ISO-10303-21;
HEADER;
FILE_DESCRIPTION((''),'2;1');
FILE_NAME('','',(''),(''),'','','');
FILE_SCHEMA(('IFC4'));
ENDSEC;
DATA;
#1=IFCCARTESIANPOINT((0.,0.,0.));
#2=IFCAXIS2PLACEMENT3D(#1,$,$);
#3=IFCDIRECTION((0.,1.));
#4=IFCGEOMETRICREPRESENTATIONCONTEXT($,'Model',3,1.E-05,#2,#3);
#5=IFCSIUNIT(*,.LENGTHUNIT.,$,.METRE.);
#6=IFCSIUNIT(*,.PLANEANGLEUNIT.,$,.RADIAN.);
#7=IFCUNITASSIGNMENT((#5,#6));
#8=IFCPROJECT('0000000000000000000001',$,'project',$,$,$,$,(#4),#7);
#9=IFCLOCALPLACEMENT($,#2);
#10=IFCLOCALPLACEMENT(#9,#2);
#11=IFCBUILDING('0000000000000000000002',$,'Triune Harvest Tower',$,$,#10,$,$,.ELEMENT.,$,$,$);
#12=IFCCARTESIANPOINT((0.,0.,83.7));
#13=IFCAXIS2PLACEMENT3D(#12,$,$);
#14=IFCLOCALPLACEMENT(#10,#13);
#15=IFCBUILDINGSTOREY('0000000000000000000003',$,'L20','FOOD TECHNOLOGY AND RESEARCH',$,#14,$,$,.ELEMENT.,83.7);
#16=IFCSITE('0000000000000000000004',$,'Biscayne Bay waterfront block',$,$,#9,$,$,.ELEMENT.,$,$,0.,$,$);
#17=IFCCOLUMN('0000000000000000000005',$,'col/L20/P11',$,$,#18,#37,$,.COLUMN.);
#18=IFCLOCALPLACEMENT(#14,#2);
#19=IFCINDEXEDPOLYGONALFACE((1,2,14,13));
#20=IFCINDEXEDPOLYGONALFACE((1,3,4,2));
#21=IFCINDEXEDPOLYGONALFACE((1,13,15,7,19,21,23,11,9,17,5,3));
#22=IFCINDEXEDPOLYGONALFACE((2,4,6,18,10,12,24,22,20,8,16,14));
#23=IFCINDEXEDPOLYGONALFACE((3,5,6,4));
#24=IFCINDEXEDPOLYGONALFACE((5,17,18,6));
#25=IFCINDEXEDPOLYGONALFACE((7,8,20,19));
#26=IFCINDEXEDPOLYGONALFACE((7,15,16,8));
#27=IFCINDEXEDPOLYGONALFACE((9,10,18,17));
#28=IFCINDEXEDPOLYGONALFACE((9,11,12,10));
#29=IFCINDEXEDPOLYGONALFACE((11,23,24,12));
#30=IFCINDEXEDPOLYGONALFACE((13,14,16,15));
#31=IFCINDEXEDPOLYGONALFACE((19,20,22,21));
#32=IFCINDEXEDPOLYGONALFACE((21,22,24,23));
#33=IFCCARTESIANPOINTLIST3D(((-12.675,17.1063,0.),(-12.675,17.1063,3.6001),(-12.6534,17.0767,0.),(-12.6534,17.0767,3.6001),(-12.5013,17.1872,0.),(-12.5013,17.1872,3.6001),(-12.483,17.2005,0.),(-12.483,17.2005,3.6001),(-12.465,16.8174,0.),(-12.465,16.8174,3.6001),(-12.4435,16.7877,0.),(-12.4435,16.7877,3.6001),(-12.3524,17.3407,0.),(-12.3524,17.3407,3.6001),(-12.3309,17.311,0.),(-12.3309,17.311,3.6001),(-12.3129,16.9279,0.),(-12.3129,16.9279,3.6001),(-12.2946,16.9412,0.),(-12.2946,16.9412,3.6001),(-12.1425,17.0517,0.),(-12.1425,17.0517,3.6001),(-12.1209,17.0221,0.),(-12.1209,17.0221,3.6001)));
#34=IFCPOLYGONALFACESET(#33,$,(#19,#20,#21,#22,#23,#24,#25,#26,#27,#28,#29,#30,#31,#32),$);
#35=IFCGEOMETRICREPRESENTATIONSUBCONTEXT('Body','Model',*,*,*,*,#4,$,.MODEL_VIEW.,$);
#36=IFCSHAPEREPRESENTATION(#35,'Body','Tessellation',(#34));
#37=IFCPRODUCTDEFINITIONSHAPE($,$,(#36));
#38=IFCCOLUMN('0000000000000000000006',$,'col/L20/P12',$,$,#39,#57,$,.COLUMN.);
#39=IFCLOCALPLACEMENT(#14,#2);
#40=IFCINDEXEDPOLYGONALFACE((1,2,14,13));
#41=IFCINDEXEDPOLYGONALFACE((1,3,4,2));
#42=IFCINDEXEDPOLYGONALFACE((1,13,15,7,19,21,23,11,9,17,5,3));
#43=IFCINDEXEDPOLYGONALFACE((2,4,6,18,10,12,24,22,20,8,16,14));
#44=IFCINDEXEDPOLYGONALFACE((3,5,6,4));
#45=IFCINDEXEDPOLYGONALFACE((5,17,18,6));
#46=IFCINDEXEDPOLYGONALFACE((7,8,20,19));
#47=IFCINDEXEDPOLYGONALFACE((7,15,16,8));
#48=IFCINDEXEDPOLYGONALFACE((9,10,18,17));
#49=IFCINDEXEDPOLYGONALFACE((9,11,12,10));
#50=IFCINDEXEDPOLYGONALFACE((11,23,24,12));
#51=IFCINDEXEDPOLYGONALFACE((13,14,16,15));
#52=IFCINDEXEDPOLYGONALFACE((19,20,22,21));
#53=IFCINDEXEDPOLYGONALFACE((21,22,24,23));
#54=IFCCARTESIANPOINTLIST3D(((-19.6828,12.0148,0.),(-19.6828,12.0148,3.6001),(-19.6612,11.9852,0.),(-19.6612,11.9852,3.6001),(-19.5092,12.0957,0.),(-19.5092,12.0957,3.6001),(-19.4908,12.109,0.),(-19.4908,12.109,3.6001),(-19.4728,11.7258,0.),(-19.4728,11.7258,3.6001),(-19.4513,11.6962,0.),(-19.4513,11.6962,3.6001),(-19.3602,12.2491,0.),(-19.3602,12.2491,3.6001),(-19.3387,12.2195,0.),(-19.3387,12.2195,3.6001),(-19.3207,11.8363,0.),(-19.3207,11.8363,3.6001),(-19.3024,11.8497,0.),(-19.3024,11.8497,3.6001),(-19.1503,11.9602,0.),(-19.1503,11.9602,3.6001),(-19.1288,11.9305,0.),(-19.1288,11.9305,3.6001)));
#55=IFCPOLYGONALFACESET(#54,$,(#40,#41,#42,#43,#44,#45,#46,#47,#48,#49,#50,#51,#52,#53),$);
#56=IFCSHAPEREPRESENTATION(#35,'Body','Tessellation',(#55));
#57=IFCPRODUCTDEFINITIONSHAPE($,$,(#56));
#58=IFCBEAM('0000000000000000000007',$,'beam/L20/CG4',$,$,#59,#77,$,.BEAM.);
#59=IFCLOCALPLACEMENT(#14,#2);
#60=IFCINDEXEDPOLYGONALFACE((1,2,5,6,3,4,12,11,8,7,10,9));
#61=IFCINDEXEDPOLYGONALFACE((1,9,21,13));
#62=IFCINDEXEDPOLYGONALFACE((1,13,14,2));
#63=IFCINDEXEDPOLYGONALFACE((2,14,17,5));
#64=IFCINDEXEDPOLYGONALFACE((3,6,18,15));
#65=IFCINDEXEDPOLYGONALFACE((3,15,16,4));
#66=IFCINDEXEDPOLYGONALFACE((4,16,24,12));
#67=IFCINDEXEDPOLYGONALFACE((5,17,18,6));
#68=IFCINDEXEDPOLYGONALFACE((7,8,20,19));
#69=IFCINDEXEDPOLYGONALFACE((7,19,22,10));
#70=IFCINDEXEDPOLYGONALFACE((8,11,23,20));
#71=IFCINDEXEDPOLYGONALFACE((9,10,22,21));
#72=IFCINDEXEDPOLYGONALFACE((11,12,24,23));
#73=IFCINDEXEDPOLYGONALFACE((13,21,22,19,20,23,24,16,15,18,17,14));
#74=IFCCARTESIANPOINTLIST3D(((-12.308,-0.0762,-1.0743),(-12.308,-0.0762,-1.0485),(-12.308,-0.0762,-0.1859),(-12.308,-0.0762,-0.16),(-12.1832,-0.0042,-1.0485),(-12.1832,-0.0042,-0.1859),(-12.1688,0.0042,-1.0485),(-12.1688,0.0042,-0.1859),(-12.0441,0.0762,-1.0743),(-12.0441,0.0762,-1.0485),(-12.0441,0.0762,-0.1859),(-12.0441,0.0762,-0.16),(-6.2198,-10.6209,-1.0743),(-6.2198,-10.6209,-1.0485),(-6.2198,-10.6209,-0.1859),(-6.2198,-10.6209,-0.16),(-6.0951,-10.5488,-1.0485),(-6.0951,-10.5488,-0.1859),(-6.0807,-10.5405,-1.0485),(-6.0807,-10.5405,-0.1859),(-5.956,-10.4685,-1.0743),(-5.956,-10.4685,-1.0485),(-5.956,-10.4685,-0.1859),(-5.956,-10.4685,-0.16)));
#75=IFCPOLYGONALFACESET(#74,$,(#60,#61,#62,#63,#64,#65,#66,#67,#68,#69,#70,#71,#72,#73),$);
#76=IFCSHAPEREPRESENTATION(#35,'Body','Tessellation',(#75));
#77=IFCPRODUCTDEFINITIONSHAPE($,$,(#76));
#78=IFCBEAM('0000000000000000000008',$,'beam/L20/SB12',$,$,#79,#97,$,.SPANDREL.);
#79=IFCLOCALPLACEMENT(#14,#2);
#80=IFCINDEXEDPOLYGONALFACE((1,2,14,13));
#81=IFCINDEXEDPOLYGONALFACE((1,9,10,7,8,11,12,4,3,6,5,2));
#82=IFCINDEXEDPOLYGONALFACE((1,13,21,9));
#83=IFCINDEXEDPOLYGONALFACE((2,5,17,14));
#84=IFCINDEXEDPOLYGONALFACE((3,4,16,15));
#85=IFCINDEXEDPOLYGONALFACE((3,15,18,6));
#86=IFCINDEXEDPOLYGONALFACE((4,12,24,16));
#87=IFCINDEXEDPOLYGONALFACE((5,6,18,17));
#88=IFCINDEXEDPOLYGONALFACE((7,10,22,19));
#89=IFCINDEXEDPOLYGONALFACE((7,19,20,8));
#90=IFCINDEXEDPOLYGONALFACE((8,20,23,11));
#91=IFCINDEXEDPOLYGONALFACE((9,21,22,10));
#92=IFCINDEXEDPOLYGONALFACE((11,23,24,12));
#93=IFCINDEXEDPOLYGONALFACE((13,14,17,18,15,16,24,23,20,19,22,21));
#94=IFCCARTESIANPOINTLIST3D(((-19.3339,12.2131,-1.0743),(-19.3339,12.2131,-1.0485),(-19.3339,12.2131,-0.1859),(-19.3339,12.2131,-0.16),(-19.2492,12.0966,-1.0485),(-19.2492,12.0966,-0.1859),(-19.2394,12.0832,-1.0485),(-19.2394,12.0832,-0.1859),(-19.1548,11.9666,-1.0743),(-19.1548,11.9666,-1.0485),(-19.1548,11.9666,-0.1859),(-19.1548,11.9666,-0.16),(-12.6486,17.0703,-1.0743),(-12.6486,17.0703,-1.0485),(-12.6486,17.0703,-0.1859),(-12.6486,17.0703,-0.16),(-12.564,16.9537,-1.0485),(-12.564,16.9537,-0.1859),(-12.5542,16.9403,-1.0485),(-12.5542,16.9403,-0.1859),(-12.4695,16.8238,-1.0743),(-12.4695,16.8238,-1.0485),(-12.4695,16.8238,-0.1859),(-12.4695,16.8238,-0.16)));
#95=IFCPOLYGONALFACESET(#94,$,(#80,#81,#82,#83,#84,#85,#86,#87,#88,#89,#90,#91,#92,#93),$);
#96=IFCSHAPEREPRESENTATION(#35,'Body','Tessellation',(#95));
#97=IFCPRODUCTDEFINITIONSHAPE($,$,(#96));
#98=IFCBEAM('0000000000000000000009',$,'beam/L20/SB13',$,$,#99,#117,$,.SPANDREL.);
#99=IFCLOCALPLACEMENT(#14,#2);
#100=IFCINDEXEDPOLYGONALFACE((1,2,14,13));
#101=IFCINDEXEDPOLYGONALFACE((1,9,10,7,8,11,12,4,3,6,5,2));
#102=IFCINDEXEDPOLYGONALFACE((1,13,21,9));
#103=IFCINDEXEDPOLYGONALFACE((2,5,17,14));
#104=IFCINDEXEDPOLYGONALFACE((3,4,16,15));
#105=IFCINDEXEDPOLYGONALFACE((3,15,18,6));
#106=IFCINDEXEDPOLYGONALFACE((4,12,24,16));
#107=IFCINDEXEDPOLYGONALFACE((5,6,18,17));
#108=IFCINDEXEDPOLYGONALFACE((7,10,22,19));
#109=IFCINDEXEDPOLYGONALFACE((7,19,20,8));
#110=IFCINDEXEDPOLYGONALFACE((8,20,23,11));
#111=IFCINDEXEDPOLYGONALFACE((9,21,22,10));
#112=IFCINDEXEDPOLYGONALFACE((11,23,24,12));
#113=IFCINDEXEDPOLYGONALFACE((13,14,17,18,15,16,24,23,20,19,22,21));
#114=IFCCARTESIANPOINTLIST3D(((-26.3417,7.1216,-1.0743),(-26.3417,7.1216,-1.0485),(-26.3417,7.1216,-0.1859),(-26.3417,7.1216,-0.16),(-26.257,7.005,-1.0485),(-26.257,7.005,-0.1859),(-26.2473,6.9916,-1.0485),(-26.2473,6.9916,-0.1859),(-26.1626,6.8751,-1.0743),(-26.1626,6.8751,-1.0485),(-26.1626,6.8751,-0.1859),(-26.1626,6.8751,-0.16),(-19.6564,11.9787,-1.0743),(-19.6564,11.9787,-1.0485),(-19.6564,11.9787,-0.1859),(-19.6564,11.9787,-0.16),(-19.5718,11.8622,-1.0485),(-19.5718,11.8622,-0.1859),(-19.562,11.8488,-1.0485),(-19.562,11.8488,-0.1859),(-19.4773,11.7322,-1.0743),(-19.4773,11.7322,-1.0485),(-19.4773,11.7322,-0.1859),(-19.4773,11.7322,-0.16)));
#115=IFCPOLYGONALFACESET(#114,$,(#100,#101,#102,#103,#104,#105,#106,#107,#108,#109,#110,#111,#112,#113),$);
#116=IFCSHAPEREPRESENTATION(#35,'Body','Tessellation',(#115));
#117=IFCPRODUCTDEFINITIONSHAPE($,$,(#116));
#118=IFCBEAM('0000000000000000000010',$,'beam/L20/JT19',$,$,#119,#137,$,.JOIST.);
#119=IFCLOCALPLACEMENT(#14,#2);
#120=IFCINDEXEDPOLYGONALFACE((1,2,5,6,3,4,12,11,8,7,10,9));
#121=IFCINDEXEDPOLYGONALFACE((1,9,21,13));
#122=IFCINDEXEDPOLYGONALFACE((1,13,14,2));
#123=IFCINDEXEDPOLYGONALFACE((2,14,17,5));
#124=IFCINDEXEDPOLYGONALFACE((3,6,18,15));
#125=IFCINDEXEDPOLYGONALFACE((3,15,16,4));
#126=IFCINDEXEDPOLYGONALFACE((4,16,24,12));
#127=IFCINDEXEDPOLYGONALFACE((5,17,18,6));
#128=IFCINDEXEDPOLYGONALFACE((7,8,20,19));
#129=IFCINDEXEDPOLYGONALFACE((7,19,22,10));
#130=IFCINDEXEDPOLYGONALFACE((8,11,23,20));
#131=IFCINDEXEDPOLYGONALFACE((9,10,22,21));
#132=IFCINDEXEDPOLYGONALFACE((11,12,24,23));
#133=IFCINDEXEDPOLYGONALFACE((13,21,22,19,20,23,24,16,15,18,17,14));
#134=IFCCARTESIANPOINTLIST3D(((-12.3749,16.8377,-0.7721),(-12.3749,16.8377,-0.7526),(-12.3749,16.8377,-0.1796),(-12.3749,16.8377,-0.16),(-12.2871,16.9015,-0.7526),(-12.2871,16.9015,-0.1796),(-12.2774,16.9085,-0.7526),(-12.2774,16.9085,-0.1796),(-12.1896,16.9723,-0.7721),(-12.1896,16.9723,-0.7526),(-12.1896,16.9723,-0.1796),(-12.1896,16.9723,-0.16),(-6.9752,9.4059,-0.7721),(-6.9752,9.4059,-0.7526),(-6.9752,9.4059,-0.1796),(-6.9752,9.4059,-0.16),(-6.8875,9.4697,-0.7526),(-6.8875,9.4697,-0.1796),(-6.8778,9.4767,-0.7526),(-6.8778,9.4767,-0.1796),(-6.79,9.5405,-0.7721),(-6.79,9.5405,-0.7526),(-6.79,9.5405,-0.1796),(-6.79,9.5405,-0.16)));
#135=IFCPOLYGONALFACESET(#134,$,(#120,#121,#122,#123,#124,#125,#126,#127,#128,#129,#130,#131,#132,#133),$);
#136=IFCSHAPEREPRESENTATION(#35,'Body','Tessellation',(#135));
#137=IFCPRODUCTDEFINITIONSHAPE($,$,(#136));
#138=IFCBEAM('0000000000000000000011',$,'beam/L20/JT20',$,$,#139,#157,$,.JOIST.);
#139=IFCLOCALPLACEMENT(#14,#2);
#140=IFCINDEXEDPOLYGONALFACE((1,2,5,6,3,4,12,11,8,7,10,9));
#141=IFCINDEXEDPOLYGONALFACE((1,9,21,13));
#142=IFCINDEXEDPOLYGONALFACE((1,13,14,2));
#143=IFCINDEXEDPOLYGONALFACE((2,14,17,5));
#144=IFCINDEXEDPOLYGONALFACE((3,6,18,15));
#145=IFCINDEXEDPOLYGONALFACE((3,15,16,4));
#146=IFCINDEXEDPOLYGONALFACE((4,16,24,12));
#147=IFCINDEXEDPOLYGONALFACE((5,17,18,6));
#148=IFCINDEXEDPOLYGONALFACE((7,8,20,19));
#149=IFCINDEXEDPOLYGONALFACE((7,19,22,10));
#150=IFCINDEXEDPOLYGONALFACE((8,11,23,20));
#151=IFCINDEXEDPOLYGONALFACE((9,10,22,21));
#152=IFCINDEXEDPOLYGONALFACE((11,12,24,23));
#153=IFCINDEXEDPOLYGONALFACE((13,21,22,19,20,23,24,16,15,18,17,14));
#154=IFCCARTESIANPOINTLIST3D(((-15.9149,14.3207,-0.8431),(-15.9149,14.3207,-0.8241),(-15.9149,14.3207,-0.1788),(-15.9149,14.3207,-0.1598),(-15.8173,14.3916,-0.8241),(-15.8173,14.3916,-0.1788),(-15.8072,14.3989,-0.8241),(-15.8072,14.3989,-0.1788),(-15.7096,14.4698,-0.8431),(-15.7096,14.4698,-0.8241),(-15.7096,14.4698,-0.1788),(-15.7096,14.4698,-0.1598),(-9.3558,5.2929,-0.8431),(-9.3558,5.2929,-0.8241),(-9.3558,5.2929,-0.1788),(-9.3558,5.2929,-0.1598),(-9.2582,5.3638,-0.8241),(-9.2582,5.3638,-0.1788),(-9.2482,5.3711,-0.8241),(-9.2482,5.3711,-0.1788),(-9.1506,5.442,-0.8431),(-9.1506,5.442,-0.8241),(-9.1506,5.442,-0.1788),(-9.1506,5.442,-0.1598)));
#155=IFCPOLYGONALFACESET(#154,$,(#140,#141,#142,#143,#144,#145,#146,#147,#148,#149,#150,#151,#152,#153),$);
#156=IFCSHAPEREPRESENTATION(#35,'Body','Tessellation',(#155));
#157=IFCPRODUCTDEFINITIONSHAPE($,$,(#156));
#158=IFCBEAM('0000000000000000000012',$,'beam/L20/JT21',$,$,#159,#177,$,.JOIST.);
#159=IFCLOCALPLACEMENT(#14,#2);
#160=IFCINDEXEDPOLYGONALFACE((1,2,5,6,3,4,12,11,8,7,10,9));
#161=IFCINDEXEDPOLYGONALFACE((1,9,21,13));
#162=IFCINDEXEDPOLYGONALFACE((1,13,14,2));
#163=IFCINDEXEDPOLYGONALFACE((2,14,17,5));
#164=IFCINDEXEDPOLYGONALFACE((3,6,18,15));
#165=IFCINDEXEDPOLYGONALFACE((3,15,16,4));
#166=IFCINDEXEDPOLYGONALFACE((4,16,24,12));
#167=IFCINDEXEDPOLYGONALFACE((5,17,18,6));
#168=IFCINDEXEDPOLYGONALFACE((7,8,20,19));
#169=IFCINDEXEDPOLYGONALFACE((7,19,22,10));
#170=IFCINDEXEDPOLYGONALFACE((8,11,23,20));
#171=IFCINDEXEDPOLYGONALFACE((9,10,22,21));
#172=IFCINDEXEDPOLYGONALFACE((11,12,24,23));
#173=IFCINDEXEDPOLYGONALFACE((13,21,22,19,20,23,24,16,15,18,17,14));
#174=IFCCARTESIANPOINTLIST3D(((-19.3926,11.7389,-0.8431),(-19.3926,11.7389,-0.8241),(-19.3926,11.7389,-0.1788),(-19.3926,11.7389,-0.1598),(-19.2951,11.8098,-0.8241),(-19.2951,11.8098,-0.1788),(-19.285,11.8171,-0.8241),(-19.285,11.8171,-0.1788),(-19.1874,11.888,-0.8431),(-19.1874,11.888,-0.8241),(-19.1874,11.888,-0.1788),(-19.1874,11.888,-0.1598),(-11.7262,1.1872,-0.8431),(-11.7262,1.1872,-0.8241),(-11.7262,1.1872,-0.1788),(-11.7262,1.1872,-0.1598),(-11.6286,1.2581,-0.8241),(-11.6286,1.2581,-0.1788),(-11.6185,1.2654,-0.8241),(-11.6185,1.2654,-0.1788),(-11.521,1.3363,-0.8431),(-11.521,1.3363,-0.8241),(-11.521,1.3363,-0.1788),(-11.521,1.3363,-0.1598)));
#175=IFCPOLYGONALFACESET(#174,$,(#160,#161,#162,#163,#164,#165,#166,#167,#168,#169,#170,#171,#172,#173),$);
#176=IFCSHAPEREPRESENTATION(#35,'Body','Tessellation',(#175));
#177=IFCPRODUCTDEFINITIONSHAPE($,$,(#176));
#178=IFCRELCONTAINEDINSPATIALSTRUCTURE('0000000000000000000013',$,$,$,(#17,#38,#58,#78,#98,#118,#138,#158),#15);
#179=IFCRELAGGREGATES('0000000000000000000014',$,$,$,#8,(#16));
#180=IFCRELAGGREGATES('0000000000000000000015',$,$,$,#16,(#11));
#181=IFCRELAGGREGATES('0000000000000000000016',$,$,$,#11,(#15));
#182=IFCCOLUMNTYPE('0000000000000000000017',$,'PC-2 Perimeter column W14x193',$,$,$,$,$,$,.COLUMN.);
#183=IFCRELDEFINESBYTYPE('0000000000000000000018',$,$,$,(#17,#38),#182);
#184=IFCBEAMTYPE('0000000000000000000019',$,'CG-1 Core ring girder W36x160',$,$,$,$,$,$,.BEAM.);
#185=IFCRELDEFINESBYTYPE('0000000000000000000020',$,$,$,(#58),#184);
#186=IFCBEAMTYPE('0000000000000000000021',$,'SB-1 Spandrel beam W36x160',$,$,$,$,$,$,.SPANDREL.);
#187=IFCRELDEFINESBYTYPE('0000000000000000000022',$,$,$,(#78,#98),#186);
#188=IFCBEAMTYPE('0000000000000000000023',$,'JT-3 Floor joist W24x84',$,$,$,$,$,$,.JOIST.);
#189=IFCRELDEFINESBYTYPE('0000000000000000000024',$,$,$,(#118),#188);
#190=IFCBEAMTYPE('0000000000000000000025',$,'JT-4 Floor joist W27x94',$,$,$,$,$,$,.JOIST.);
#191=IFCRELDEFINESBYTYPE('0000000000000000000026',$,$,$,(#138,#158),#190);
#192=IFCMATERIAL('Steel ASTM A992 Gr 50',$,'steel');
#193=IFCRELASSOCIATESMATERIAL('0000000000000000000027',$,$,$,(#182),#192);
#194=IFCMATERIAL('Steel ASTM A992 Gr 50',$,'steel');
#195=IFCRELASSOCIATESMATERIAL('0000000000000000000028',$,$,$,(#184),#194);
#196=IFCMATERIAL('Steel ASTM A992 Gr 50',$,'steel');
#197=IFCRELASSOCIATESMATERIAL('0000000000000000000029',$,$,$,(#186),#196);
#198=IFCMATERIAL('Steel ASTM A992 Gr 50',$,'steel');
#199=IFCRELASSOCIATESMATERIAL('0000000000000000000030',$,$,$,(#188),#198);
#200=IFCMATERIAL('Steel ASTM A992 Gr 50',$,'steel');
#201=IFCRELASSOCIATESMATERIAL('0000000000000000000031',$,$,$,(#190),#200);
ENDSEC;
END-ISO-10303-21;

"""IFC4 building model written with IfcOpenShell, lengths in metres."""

from ifc_helpers import new_model, si_unit, direction, frame, origin, origin_2d, place, context, subcontext, project, spatial, i_section, extrude, source, transform, mapped, material, material_profile, profile_set, type_object, element, save


model = new_model("IFC4")

# Units and contexts
model_context = context("Model", 3, precision=1e-05, world=origin(), true_north=direction((0.0, 1.0)))
body_context = subcontext(model_context, "Body", "Model", "MODEL_VIEW")
ifc_project = project(units=[si_unit("LENGTHUNIT", "METRE"), si_unit("PLANEANGLEUNIT", "RADIAN")], contexts=[model_context])

# Site, building, storey
site_placement = place(None, origin())
site = spatial("IfcSite", under=ifc_project, at=site_placement, Name="Biscayne Bay waterfront block", CompositionType="ELEMENT", RefElevation=0.0)
building_placement = place(site_placement, origin())
building = spatial("IfcBuilding", under=site, at=building_placement, Name="Triune Harvest Tower", CompositionType="ELEMENT")
storey_placement = place(building_placement, frame((0.0, 0.0, 83.7)))
storey = spatial("IfcBuildingStorey", under=building, at=storey_placement, Name="L20", Description="FOOD TECHNOLOGY AND RESEARCH", CompositionType="ELEMENT", Elevation=83.7)

# Columns
ifc_material_1 = material(Name="Steel ASTM A992 Gr 50", Category="steel")
ifc_material_profile_1 = material_profile(ifc_material_1, i_section(OverallWidth=0.3987, OverallDepth=0.3938, WebThickness=0.0227, FlangeThickness=0.0366, at=origin_2d()), Name="W14x193")
ifc_profile_set_1 = profile_set([ifc_material_profile_1], Name="Steel ASTM A992 Gr 50")
column_type = type_object("IfcColumnType", Name="PC-2 Perimeter column W14x193", PredefinedType="COLUMN", material=ifc_profile_set_1)
shared_shape_1 = source(origin(), body_context, "Body", "SweptSolid", [
    extrude(i_section(OverallWidth=0.3987, OverallDepth=0.3938, WebThickness=0.0227, FlangeThickness=0.0366, at=origin_2d()), origin(), (0.0, 0.0, 1.0), 3.6001),
])
for number, where, z_axis, x_axis, name in (
    (1, (-12.3979, 17.0642, 0.0), (0.0, 0.0, 1.0), (-0.809017, -0.587785, 0.0), "col/L20/P11"),
    (2, (-19.4058, 11.9727, 0.0), (0.0, 0.0, 1.0), (-0.809017, -0.587785, 0.0), "col/L20/P12"),
):
    element("IfcColumn", number, at=place(storey_placement, frame(where, z_axis=z_axis, x_axis=x_axis)), inside=storey, type_object=column_type, Name=name, PredefinedType="COLUMN", context=body_context, shape_type="MappedRepresentation", body=[
        mapped(shared_shape_1, transform((0.0, 0.0, 0.0), scale=1.0)),
    ])

# Beams
ifc_material_2 = material(Name="Steel ASTM A992 Gr 50", Category="steel")
ifc_material_profile_2 = material_profile(ifc_material_2, i_section(OverallWidth=0.3047, OverallDepth=0.9143, WebThickness=0.0166, FlangeThickness=0.0259, at=origin_2d()), Name="W36x160")
ifc_profile_set_2 = profile_set([ifc_material_profile_2], Name="Steel ASTM A992 Gr 50")
beam_type_1 = type_object("IfcBeamType", Name="CG-1 Core ring girder W36x160", PredefinedType="BEAM", material=ifc_profile_set_2)
shared_shape_2 = source(origin(), body_context, "Body", "SweptSolid", [
    extrude(i_section(OverallWidth=0.3047, OverallDepth=0.9143, WebThickness=0.0166, FlangeThickness=0.0259, at=origin_2d()), origin(), (0.0, 0.0, 1.0), 12.176),
])
beam_1_placement = place(storey_placement, frame((-12.176, 0.0, -0.6172), z_axis=(0.50001, -0.86602, 0.0), x_axis=(0.86602, 0.50001, 0.0)))
element("IfcBeam", 3, at=beam_1_placement, inside=storey, type_object=beam_type_1, Name="beam/L20/CG4", PredefinedType="BEAM", context=body_context, shape_type="MappedRepresentation", body=[
    mapped(shared_shape_2, transform((0.0, 0.0, 0.0), scale=1.0)),
])
ifc_material_3 = material(Name="Steel ASTM A992 Gr 50", Category="steel")
ifc_material_profile_3 = material_profile(ifc_material_3, i_section(OverallWidth=0.3047, OverallDepth=0.9143, WebThickness=0.0166, FlangeThickness=0.0259, at=origin_2d()), Name="W36x160")
ifc_profile_set_3 = profile_set([ifc_material_profile_3], Name="Steel ASTM A992 Gr 50")
beam_type_2 = type_object("IfcBeamType", Name="SB-1 Spandrel beam W36x160", PredefinedType="SPANDREL", material=ifc_profile_set_3)
shared_shape_3 = source(origin(), body_context, "Body", "SweptSolid", [
    extrude(i_section(OverallWidth=0.3047, OverallDepth=0.9143, WebThickness=0.0166, FlangeThickness=0.0259, at=origin_2d()), origin(), (0.0, 0.0, 1.0), 8.2634),
])
for number, where, z_axis, x_axis, name in (
    (4, (-12.5591, 16.947, -0.6172), (-0.809016, -0.587787, 0.0), (0.587787, -0.809016, 0.0), "beam/L20/SB12"),
    (5, (-19.5669, 11.8555, -0.6172), (-0.809016, -0.587787, 0.0), (0.587787, -0.809016, 0.0), "beam/L20/SB13"),
):
    element("IfcBeam", number, at=place(storey_placement, frame(where, z_axis=z_axis, x_axis=x_axis)), inside=storey, type_object=beam_type_2, Name=name, PredefinedType="SPANDREL", context=body_context, shape_type="MappedRepresentation", body=[
        mapped(shared_shape_3, transform((0.0, 0.0, 0.0), scale=1.0)),
    ])
ifc_material_4 = material(Name="Steel ASTM A992 Gr 50", Category="steel")
ifc_material_profile_4 = material_profile(ifc_material_4, i_section(OverallWidth=0.229, OverallDepth=0.6121, WebThickness=0.012, FlangeThickness=0.0195, at=origin_2d()), Name="W24x84")
ifc_profile_set_4 = profile_set([ifc_material_profile_4], Name="Steel ASTM A992 Gr 50")
beam_type_3 = type_object("IfcBeamType", Name="JT-3 Floor joist W24x84", PredefinedType="JOIST", material=ifc_profile_set_4)
shared_shape_4 = source(origin(), body_context, "Body", "SweptSolid", [
    extrude(i_section(OverallWidth=0.229, OverallDepth=0.6121, WebThickness=0.012, FlangeThickness=0.0195, at=origin_2d()), origin(), (0.0, 0.0, 1.0), 9.1863),
])
beam_2_placement = place(storey_placement, frame((-12.2822, 16.905, -0.4661), z_axis=(0.587791, -0.809013, 0.0), x_axis=(0.809013, 0.587791, 0.0)))
element("IfcBeam", 6, at=beam_2_placement, inside=storey, type_object=beam_type_3, Name="beam/L20/JT19", PredefinedType="JOIST", context=body_context, shape_type="MappedRepresentation", body=[
    mapped(shared_shape_4, transform((0.0, 0.0, 0.0), scale=1.0)),
])
ifc_material_5 = material(Name="Steel ASTM A992 Gr 50", Category="steel")
ifc_material_profile_5 = material_profile(ifc_material_5, i_section(OverallWidth=0.2537, OverallDepth=0.6833, WebThickness=0.0125, FlangeThickness=0.019, at=origin_2d()), Name="W27x94")
ifc_profile_set_5 = profile_set([ifc_material_profile_5], Name="Steel ASTM A992 Gr 50")
beam_type_4 = type_object("IfcBeamType", Name="JT-4 Floor joist W27x94", PredefinedType="JOIST", material=ifc_profile_set_5)
shared_shape_5 = source(origin(), body_context, "Body", "SweptSolid", [
    extrude(i_section(OverallWidth=0.2537, OverallDepth=0.6833, WebThickness=0.0125, FlangeThickness=0.019, at=origin_2d()), origin(), (0.0, 0.0, 1.0), 11.1589),
])
beam_3_placement = place(storey_placement, frame((-15.8123, 14.3953, -0.5015), z_axis=(0.587784, -0.809018, 0.0), x_axis=(0.809018, 0.587784, 0.0)))
element("IfcBeam", 7, at=beam_3_placement, inside=storey, type_object=beam_type_4, Name="beam/L20/JT20", PredefinedType="JOIST", context=body_context, shape_type="MappedRepresentation", body=[
    mapped(shared_shape_5, transform((0.0, 0.0, 0.0), scale=1.0)),
])
shared_shape_6 = source(origin(), body_context, "Body", "SweptSolid", [
    extrude(i_section(OverallWidth=0.2537, OverallDepth=0.6833, WebThickness=0.0125, FlangeThickness=0.019, at=origin_2d()), origin(), (0.0, 0.0, 1.0), 13.0427),
])
beam_4_placement = place(storey_placement, frame((-19.29, 11.8135, -0.5015), z_axis=(0.587795, -0.80901, 0.0), x_axis=(0.80901, 0.587795, 0.0)))
element("IfcBeam", 8, at=beam_4_placement, inside=storey, type_object=beam_type_4, Name="beam/L20/JT21", PredefinedType="JOIST", context=body_context, shape_type="MappedRepresentation", body=[
    mapped(shared_shape_6, transform((0.0, 0.0, 0.0), scale=1.0)),
])

save(model, "model.ifc")
